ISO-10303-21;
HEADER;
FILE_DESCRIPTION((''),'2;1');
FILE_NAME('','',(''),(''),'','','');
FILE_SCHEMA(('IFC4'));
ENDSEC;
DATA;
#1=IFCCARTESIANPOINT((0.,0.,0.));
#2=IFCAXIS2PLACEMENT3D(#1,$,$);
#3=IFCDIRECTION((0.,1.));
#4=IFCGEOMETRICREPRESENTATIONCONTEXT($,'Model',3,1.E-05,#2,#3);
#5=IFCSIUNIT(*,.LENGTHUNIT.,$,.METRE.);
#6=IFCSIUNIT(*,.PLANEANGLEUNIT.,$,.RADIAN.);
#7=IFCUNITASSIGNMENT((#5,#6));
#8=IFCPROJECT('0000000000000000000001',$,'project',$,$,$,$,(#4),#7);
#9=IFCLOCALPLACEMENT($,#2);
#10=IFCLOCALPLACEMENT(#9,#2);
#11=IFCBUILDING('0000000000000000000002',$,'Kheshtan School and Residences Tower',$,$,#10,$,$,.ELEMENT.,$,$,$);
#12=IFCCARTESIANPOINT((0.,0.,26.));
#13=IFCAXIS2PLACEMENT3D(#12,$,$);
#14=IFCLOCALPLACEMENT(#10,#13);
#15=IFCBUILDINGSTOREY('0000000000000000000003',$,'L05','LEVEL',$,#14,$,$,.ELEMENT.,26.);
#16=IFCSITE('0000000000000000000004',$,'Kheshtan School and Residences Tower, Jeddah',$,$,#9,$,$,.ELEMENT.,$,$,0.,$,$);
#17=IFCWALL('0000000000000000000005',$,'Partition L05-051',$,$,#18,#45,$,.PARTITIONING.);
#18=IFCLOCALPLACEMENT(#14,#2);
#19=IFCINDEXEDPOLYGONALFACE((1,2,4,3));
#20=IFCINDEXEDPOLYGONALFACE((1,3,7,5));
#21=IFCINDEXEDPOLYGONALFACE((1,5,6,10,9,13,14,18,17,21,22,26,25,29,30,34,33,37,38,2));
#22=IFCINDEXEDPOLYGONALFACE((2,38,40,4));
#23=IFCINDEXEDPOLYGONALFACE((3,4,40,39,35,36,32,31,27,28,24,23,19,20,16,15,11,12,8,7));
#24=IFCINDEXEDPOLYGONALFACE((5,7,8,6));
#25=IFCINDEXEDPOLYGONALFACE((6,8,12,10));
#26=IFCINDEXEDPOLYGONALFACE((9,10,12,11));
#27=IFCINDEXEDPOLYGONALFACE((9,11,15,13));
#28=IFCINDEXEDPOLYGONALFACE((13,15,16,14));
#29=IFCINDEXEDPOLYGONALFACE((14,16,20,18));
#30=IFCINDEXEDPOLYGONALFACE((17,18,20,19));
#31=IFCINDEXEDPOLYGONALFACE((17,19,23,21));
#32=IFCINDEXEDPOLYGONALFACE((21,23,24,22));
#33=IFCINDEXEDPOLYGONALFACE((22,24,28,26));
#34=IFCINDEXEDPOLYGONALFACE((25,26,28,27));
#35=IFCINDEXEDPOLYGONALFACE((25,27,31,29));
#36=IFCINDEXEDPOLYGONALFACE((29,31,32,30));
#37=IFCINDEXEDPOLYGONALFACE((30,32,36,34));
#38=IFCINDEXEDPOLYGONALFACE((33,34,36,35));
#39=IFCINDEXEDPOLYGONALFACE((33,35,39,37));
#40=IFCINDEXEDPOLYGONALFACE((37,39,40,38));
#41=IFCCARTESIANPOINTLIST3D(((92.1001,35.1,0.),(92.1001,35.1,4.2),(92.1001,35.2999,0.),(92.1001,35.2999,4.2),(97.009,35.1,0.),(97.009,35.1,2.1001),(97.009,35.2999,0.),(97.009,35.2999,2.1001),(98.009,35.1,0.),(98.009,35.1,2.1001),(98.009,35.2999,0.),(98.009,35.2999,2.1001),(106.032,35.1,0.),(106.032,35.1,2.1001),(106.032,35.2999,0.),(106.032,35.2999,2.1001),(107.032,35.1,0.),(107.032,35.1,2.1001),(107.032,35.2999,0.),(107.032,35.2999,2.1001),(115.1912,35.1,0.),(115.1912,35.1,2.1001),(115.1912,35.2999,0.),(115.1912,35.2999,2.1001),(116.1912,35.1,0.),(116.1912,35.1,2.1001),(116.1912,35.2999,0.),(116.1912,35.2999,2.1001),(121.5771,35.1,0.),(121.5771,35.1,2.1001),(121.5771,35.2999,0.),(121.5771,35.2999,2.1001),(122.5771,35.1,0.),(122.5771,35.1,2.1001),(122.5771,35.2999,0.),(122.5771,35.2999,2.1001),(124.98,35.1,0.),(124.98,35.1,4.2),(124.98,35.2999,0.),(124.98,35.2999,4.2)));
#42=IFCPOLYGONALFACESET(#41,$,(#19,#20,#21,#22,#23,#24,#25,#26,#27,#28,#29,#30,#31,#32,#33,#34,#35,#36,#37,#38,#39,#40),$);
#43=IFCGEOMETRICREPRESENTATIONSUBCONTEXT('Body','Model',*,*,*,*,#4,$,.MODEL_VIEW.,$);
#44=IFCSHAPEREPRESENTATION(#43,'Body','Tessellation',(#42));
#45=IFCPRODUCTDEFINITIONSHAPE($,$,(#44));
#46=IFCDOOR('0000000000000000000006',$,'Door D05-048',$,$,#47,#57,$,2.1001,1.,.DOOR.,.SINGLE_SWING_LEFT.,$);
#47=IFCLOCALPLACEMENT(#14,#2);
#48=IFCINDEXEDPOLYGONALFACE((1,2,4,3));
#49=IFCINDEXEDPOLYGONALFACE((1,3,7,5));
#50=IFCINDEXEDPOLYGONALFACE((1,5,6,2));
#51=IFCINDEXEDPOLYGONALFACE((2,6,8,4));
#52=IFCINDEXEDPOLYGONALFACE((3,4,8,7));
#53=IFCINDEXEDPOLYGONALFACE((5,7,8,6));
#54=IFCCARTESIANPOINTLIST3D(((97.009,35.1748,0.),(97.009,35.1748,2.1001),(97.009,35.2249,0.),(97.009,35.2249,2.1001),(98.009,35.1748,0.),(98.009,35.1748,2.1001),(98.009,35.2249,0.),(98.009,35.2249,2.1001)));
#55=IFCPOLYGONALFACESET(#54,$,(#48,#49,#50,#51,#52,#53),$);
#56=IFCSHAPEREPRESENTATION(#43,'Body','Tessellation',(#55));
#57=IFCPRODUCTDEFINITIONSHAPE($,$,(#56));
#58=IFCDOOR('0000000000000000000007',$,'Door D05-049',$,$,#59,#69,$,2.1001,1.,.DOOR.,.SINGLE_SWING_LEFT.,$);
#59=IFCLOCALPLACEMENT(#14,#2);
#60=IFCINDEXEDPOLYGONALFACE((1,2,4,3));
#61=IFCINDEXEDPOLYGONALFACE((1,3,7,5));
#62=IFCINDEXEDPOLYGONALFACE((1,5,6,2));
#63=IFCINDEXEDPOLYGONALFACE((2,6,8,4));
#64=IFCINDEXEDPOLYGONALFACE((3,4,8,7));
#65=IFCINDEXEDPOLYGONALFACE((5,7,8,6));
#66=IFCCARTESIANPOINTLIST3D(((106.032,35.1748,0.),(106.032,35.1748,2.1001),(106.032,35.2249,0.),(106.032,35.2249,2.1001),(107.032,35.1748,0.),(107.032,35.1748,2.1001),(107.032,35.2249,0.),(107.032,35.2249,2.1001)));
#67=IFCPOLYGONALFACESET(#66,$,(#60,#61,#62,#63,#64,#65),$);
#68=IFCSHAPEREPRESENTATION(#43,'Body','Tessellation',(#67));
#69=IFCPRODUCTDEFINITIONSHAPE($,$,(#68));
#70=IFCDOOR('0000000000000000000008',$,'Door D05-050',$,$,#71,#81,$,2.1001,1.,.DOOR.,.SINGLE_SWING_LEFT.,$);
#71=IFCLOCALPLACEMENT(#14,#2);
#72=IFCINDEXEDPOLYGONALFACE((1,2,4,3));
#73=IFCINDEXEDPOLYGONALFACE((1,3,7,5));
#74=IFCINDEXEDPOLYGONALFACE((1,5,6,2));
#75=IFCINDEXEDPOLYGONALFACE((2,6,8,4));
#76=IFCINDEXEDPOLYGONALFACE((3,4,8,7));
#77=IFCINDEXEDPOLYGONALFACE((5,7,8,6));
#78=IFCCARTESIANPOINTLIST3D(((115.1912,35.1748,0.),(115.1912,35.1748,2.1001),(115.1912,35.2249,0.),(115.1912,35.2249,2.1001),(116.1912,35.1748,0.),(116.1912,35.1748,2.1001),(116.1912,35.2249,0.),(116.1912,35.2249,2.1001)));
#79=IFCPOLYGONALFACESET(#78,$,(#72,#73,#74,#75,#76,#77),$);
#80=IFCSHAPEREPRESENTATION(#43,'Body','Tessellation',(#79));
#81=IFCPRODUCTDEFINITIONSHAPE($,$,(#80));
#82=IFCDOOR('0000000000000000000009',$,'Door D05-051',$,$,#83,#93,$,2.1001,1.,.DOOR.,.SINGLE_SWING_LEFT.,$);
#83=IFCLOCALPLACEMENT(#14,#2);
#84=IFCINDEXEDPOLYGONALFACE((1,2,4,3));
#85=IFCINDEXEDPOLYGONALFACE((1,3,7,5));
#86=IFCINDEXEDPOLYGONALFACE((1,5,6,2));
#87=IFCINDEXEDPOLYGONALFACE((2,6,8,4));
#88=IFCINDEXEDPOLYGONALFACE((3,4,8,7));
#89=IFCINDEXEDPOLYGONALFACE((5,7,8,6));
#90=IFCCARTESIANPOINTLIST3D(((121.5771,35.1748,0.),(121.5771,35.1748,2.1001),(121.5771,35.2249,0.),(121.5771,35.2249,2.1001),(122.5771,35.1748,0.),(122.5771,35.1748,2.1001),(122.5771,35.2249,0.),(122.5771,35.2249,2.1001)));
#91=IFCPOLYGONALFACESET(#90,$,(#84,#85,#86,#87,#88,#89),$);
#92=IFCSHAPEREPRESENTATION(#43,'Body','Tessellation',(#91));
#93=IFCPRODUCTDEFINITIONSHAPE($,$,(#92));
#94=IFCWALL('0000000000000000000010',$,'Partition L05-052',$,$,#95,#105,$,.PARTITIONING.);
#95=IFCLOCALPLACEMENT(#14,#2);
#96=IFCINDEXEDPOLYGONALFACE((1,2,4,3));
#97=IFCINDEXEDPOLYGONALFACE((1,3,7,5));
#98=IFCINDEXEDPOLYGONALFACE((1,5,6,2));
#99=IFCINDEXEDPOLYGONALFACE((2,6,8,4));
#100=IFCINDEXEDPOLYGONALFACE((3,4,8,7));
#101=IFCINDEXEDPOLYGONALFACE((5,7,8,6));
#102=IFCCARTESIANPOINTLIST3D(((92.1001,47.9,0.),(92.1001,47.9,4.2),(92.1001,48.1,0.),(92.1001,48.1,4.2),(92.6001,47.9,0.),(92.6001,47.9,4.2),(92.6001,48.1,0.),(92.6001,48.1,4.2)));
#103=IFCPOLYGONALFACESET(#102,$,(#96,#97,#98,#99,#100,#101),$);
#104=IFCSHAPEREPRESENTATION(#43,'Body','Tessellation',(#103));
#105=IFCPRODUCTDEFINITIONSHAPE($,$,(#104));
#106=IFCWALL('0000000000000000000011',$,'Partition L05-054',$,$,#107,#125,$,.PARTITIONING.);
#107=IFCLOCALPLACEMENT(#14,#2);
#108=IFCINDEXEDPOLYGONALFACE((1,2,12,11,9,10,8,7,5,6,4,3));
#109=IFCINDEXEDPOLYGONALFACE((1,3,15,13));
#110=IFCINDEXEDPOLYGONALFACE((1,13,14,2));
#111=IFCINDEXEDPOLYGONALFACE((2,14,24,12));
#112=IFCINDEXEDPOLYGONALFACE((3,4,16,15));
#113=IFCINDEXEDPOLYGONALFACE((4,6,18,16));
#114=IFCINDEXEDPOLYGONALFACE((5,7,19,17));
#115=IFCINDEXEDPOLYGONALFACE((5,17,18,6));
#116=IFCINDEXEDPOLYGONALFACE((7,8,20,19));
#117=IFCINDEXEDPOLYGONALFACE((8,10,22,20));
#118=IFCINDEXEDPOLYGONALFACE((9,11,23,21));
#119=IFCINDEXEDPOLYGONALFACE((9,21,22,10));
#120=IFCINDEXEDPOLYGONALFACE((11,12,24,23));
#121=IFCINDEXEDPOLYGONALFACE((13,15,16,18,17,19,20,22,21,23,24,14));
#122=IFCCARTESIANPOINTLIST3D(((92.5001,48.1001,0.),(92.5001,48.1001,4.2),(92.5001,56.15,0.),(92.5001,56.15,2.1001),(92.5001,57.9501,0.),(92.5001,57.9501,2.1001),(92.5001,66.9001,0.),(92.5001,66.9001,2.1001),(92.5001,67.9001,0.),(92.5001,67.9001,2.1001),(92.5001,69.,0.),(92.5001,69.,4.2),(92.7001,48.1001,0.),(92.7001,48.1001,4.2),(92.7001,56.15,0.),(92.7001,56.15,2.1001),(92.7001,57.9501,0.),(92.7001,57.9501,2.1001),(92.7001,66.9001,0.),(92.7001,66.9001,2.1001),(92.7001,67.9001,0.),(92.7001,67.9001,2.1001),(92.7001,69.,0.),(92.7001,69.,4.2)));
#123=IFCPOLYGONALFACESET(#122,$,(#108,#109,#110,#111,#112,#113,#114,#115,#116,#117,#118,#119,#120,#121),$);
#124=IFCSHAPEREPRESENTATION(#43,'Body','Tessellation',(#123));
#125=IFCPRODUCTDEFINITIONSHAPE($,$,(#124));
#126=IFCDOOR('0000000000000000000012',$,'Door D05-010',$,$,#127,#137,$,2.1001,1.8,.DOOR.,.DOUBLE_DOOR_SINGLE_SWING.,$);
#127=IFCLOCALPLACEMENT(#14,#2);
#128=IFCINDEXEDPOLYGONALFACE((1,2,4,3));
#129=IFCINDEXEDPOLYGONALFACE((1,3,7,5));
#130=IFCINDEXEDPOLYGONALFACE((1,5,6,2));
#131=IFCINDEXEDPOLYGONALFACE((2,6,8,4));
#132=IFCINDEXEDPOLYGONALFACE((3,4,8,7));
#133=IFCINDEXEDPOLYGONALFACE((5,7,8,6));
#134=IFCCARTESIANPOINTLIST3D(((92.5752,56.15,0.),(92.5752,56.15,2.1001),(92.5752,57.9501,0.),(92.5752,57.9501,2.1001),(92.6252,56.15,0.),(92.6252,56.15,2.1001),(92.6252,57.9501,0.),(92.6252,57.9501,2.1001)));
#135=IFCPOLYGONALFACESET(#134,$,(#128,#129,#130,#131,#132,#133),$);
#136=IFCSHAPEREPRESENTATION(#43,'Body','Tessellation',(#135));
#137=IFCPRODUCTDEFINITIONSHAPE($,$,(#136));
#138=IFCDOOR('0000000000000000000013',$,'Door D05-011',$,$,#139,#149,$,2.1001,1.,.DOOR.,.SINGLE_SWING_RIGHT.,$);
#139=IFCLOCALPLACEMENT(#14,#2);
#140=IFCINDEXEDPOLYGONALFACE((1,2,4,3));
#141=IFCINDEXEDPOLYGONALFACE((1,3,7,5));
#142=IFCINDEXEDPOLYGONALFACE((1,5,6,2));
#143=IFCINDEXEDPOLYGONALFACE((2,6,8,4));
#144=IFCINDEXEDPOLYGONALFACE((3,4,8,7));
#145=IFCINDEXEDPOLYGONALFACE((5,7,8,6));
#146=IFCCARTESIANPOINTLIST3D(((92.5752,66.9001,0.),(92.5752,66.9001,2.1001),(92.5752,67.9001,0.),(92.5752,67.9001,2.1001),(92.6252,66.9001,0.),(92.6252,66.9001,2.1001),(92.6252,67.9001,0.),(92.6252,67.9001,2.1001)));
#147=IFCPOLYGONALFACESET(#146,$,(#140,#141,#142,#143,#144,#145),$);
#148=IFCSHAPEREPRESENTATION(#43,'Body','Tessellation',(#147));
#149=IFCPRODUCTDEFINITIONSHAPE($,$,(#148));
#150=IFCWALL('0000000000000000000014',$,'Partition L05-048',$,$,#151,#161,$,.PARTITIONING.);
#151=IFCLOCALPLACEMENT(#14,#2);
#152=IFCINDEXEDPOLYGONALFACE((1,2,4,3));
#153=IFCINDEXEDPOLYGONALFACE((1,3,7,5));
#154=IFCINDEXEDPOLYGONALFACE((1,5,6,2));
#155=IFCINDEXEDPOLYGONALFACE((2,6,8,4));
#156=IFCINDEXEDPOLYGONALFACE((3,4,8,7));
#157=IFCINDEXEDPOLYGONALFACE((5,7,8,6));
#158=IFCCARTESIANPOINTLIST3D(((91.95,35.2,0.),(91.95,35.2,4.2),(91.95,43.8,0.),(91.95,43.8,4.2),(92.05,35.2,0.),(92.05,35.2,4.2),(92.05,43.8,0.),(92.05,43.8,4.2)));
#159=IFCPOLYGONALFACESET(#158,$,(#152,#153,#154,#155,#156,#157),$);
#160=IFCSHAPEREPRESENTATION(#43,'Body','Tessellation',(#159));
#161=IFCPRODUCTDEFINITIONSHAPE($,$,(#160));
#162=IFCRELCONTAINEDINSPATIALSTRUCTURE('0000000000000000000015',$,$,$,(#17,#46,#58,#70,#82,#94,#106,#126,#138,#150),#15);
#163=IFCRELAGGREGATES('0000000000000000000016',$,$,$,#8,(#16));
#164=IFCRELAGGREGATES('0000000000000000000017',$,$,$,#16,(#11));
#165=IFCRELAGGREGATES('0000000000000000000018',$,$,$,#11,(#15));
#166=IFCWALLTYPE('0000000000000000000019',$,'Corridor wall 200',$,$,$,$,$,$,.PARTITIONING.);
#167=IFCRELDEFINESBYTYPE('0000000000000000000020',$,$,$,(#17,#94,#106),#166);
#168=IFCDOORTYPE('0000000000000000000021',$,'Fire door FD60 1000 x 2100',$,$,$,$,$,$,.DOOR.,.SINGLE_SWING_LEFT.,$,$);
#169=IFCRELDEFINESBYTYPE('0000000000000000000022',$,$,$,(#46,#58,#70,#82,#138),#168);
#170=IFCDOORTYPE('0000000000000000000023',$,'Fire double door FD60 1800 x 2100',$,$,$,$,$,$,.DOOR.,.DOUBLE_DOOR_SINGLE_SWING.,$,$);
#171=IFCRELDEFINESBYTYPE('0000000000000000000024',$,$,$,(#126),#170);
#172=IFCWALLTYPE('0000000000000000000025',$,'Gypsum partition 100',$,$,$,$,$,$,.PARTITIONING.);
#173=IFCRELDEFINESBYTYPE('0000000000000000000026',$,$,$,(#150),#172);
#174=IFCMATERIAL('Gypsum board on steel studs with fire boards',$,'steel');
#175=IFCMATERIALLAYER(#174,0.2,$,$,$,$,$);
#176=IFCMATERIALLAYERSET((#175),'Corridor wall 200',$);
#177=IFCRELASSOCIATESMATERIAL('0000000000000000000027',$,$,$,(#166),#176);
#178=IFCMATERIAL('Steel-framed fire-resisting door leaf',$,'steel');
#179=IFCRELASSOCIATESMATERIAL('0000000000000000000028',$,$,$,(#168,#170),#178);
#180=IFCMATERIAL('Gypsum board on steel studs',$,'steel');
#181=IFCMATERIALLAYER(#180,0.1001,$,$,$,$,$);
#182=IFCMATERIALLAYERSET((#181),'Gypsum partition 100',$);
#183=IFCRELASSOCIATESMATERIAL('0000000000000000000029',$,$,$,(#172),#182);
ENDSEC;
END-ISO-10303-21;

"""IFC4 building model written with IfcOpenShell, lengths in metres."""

from ifc_helpers import new_model, si_unit, direction, frame, frame_2d, origin, place, context, subcontext, project, spatial, rectangle, extrude, source, transform, mapped, material, layer, layer_set, type_object, element, fill, save


model = new_model("IFC4")

# Units and contexts
model_context = context("Model", 3, precision=1e-05, world=origin(), true_north=direction((0.0, 1.0)))
body_context = subcontext(model_context, "Body", "Model", "MODEL_VIEW")
ifc_project = project(units=[si_unit("LENGTHUNIT", "METRE"), si_unit("PLANEANGLEUNIT", "RADIAN")], contexts=[model_context])

# Site, building, storey
site_placement = place(None, origin())
site = spatial("IfcSite", under=ifc_project, at=site_placement, Name="Kheshtan School and Residences Tower, Jeddah", CompositionType="ELEMENT", RefElevation=0.0)
building_placement = place(site_placement, origin())
building = spatial("IfcBuilding", under=site, at=building_placement, Name="Kheshtan School and Residences Tower", CompositionType="ELEMENT")
storey_placement = place(building_placement, frame((0.0, 0.0, 26.0)))
storey = spatial("IfcBuildingStorey", under=building, at=storey_placement, Name="L05", Description="LEVEL", CompositionType="ELEMENT", Elevation=26.0)

# Shared definitions
ifc_material_1 = material(Name="Gypsum board on steel studs with fire boards", Category="steel")
ifc_layer_1 = layer(ifc_material_1, 0.2)
ifc_layer_set_1 = layer_set([ifc_layer_1], Name="Corridor wall 200")
wall_type_1 = type_object("IfcWallType", Name="Corridor wall 200", PredefinedType="PARTITIONING", material=ifc_layer_set_1)

# Wall, openings, doors
wall_1_placement = place(storey_placement, frame((92.1001, 35.2, 0.0), z_axis=(0.0, 0.0, 1.0), x_axis=(1.0, 0.0, 0.0)))
wall_1 = element("IfcWall", 1, at=wall_1_placement, inside=storey, type_object=wall_type_1, Name="Partition L05-051", PredefinedType="PARTITIONING", context=body_context, shape_type="SweptSolid", body=[
    extrude(rectangle(XDim=32.8799, YDim=0.2, at=frame_2d((16.4399, 0.0))), origin(), (0.0, 0.0, 1.0), 4.2),
])
opening_1_placement = place(wall_1_placement, frame((4.9089, 0.0, 0.0)))
opening_1 = element("IfcOpeningElement", 2, at=opening_1_placement, cuts=wall_1, PredefinedType="OPENING", context=body_context, shape_type="SweptSolid", body=[
    extrude(rectangle(XDim=1.0, YDim=2.1001, at=frame_2d((0.5, 1.05))), frame((0.0, 0.1099, 0.0), z_axis=(0.0, -1.0, 0.0), x_axis=(1.0, 0.0, 0.0)), (0.0, 0.0, 1.0), 0.22),
])
opening_2_placement = place(wall_1_placement, frame((13.9319, 0.0, 0.0)))
opening_2 = element("IfcOpeningElement", 3, at=opening_2_placement, cuts=wall_1, PredefinedType="OPENING", context=body_context, shape_type="SweptSolid", body=[
    extrude(rectangle(XDim=1.0, YDim=2.1001, at=frame_2d((0.5, 1.05))), frame((0.0, 0.1099, 0.0), z_axis=(0.0, -1.0, 0.0), x_axis=(1.0, 0.0, 0.0)), (0.0, 0.0, 1.0), 0.22),
])
opening_3_placement = place(wall_1_placement, frame((23.0911, 0.0, 0.0)))
opening_3 = element("IfcOpeningElement", 4, at=opening_3_placement, cuts=wall_1, PredefinedType="OPENING", context=body_context, shape_type="SweptSolid", body=[
    extrude(rectangle(XDim=1.0, YDim=2.1001, at=frame_2d((0.5, 1.05))), frame((0.0, 0.1099, 0.0), z_axis=(0.0, -1.0, 0.0), x_axis=(1.0, 0.0, 0.0)), (0.0, 0.0, 1.0), 0.22),
])
opening_4_placement = place(wall_1_placement, frame((29.4771, 0.0, 0.0)))
opening_4 = element("IfcOpeningElement", 5, at=opening_4_placement, cuts=wall_1, PredefinedType="OPENING", context=body_context, shape_type="SweptSolid", body=[
    extrude(rectangle(XDim=1.0, YDim=2.1001, at=frame_2d((0.5, 1.05))), frame((0.0, 0.1099, 0.0), z_axis=(0.0, -1.0, 0.0), x_axis=(1.0, 0.0, 0.0)), (0.0, 0.0, 1.0), 0.22),
])
ifc_material_2 = material(Name="Steel-framed fire-resisting door leaf", Category="steel")
door_type_1 = type_object("IfcDoorType", Name="Fire door FD60 1000 x 2100", OperationType="SINGLE_SWING_LEFT", PredefinedType="DOOR", material=ifc_material_2)
shared_shape_1 = source(origin(), body_context, "Body", "SweptSolid", [
    extrude(rectangle(XDim=1.0, YDim=2.1001, at=frame_2d((0.5, 1.05))), frame((0.0, 0.0249, 0.0), z_axis=(0.0, -1.0, 0.0), x_axis=(1.0, 0.0, 0.0)), (0.0, 0.0, 1.0), 0.05),
])
door_1_placement = place(opening_1_placement, origin())
door_1 = element("IfcDoor", 6, at=door_1_placement, inside=storey, type_object=door_type_1, Name="Door D05-048", OperationType="SINGLE_SWING_LEFT", OverallHeight=2.1001, OverallWidth=1.0, PredefinedType="DOOR", context=body_context, shape_type="MappedRepresentation", body=[
    mapped(shared_shape_1, transform((0.0, 0.0, 0.0), x_axis=(1.0, 0.0, 0.0), y_axis=(0.0, 1.0, 0.0), z_axis=(0.0, 0.0, 1.0), scale=1.0)),
])
fill(opening_1, door_1)
door_2_placement = place(opening_2_placement, origin())
door_2 = element("IfcDoor", 7, at=door_2_placement, inside=storey, type_object=door_type_1, Name="Door D05-049", OperationType="SINGLE_SWING_LEFT", OverallHeight=2.1001, OverallWidth=1.0, PredefinedType="DOOR", context=body_context, shape_type="MappedRepresentation", body=[
    mapped(shared_shape_1, transform((0.0, 0.0, 0.0), x_axis=(1.0, 0.0, 0.0), y_axis=(0.0, 1.0, 0.0), z_axis=(0.0, 0.0, 1.0), scale=1.0)),
])
fill(opening_2, door_2)
door_3_placement = place(opening_3_placement, origin())
door_3 = element("IfcDoor", 8, at=door_3_placement, inside=storey, type_object=door_type_1, Name="Door D05-050", OperationType="SINGLE_SWING_LEFT", OverallHeight=2.1001, OverallWidth=1.0, PredefinedType="DOOR", context=body_context, shape_type="MappedRepresentation", body=[
    mapped(shared_shape_1, transform((0.0, 0.0, 0.0), x_axis=(1.0, 0.0, 0.0), y_axis=(0.0, 1.0, 0.0), z_axis=(0.0, 0.0, 1.0), scale=1.0)),
])
fill(opening_3, door_3)
door_4_placement = place(opening_4_placement, origin())
door_4 = element("IfcDoor", 9, at=door_4_placement, inside=storey, type_object=door_type_1, Name="Door D05-051", OperationType="SINGLE_SWING_LEFT", OverallHeight=2.1001, OverallWidth=1.0, PredefinedType="DOOR", context=body_context, shape_type="MappedRepresentation", body=[
    mapped(shared_shape_1, transform((0.0, 0.0, 0.0), x_axis=(1.0, 0.0, 0.0), y_axis=(0.0, 1.0, 0.0), z_axis=(0.0, 0.0, 1.0), scale=1.0)),
])
fill(opening_4, door_4)

# Wall
wall_2_placement = place(storey_placement, frame((92.1001, 48.0, 0.0), z_axis=(0.0, 0.0, 1.0), x_axis=(1.0, 0.0, 0.0)))
element("IfcWall", 10, at=wall_2_placement, inside=storey, type_object=wall_type_1, Name="Partition L05-052", PredefinedType="PARTITIONING", context=body_context, shape_type="SweptSolid", body=[
    extrude(rectangle(XDim=0.5, YDim=0.2, at=frame_2d((0.25, 0.0))), origin(), (0.0, 0.0, 1.0), 4.2),
])

# Wall, openings, doors
wall_3_placement = place(storey_placement, frame((92.6001, 48.1001, 0.0), z_axis=(0.0, 0.0, 1.0), x_axis=(0.0, 1.0, 0.0)))
wall_3 = element("IfcWall", 11, at=wall_3_placement, inside=storey, type_object=wall_type_1, Name="Partition L05-054", PredefinedType="PARTITIONING", context=body_context, shape_type="SweptSolid", body=[
    extrude(rectangle(XDim=20.8999, YDim=0.2, at=frame_2d((10.45, 0.0))), origin(), (0.0, 0.0, 1.0), 4.2),
])
opening_5_placement = place(wall_3_placement, frame((8.05, 0.0, 0.0)))
opening_5 = element("IfcOpeningElement", 12, at=opening_5_placement, cuts=wall_3, PredefinedType="OPENING", context=body_context, shape_type="SweptSolid", body=[
    extrude(rectangle(XDim=1.8, YDim=2.1001, at=frame_2d((0.8999, 1.05))), frame((0.0, 0.1099, 0.0), z_axis=(0.0, -1.0, 0.0), x_axis=(1.0, 0.0, 0.0)), (0.0, 0.0, 1.0), 0.22),
])
opening_6_placement = place(wall_3_placement, frame((18.8, 0.0, 0.0)))
opening_6 = element("IfcOpeningElement", 13, at=opening_6_placement, cuts=wall_3, PredefinedType="OPENING", context=body_context, shape_type="SweptSolid", body=[
    extrude(rectangle(XDim=1.0, YDim=2.1001, at=frame_2d((0.5, 1.05))), frame((0.0, 0.1099, 0.0), z_axis=(0.0, -1.0, 0.0), x_axis=(1.0, 0.0, 0.0)), (0.0, 0.0, 1.0), 0.22),
])
door_type_2 = type_object("IfcDoorType", Name="Fire double door FD60 1800 x 2100", OperationType="DOUBLE_DOOR_SINGLE_SWING", PredefinedType="DOOR", material=ifc_material_2)
shared_shape_2 = source(origin(), body_context, "Body", "SweptSolid", [
    extrude(rectangle(XDim=1.8, YDim=2.1001, at=frame_2d((0.8999, 1.05))), frame((0.0, 0.0249, 0.0), z_axis=(0.0, -1.0, 0.0), x_axis=(1.0, 0.0, 0.0)), (0.0, 0.0, 1.0), 0.05),
])
door_5_placement = place(opening_5_placement, origin())
door_5 = element("IfcDoor", 14, at=door_5_placement, inside=storey, type_object=door_type_2, Name="Door D05-010", OperationType="DOUBLE_DOOR_SINGLE_SWING", OverallHeight=2.1001, OverallWidth=1.8, PredefinedType="DOOR", context=body_context, shape_type="MappedRepresentation", body=[
    mapped(shared_shape_2, transform((0.0, 0.0, 0.0), x_axis=(1.0, 0.0, 0.0), y_axis=(0.0, 1.0, 0.0), z_axis=(0.0, 0.0, 1.0), scale=1.0)),
])
fill(opening_5, door_5)
door_6_placement = place(opening_6_placement, origin())
door_6 = element("IfcDoor", 15, at=door_6_placement, inside=storey, type_object=door_type_1, Name="Door D05-011", OperationType="SINGLE_SWING_RIGHT", OverallHeight=2.1001, OverallWidth=1.0, PredefinedType="DOOR", context=body_context, shape_type="MappedRepresentation", body=[
    mapped(shared_shape_1, transform((0.0, 0.0, 0.0), x_axis=(1.0, 0.0, 0.0), y_axis=(0.0, 1.0, 0.0), z_axis=(0.0, 0.0, 1.0), scale=1.0)),
])
fill(opening_6, door_6)

# Wall
ifc_material_3 = material(Name="Gypsum board on steel studs", Category="steel")
ifc_layer_2 = layer(ifc_material_3, 0.1001)
ifc_layer_set_2 = layer_set([ifc_layer_2], Name="Gypsum partition 100")
wall_type_2 = type_object("IfcWallType", Name="Gypsum partition 100", PredefinedType="PARTITIONING", material=ifc_layer_set_2)
wall_4_placement = place(storey_placement, frame((92.0, 35.2, 0.0), z_axis=(0.0, 0.0, 1.0), x_axis=(0.0, 1.0, 0.0)))
element("IfcWall", 16, at=wall_4_placement, inside=storey, type_object=wall_type_2, Name="Partition L05-048", PredefinedType="PARTITIONING", context=body_context, shape_type="SweptSolid", body=[
    extrude(rectangle(XDim=8.6001, YDim=0.1001, at=frame_2d((4.3, 0.0))), origin(), (0.0, 0.0, 1.0), 4.2),
])

save(model, "model.ifc")
